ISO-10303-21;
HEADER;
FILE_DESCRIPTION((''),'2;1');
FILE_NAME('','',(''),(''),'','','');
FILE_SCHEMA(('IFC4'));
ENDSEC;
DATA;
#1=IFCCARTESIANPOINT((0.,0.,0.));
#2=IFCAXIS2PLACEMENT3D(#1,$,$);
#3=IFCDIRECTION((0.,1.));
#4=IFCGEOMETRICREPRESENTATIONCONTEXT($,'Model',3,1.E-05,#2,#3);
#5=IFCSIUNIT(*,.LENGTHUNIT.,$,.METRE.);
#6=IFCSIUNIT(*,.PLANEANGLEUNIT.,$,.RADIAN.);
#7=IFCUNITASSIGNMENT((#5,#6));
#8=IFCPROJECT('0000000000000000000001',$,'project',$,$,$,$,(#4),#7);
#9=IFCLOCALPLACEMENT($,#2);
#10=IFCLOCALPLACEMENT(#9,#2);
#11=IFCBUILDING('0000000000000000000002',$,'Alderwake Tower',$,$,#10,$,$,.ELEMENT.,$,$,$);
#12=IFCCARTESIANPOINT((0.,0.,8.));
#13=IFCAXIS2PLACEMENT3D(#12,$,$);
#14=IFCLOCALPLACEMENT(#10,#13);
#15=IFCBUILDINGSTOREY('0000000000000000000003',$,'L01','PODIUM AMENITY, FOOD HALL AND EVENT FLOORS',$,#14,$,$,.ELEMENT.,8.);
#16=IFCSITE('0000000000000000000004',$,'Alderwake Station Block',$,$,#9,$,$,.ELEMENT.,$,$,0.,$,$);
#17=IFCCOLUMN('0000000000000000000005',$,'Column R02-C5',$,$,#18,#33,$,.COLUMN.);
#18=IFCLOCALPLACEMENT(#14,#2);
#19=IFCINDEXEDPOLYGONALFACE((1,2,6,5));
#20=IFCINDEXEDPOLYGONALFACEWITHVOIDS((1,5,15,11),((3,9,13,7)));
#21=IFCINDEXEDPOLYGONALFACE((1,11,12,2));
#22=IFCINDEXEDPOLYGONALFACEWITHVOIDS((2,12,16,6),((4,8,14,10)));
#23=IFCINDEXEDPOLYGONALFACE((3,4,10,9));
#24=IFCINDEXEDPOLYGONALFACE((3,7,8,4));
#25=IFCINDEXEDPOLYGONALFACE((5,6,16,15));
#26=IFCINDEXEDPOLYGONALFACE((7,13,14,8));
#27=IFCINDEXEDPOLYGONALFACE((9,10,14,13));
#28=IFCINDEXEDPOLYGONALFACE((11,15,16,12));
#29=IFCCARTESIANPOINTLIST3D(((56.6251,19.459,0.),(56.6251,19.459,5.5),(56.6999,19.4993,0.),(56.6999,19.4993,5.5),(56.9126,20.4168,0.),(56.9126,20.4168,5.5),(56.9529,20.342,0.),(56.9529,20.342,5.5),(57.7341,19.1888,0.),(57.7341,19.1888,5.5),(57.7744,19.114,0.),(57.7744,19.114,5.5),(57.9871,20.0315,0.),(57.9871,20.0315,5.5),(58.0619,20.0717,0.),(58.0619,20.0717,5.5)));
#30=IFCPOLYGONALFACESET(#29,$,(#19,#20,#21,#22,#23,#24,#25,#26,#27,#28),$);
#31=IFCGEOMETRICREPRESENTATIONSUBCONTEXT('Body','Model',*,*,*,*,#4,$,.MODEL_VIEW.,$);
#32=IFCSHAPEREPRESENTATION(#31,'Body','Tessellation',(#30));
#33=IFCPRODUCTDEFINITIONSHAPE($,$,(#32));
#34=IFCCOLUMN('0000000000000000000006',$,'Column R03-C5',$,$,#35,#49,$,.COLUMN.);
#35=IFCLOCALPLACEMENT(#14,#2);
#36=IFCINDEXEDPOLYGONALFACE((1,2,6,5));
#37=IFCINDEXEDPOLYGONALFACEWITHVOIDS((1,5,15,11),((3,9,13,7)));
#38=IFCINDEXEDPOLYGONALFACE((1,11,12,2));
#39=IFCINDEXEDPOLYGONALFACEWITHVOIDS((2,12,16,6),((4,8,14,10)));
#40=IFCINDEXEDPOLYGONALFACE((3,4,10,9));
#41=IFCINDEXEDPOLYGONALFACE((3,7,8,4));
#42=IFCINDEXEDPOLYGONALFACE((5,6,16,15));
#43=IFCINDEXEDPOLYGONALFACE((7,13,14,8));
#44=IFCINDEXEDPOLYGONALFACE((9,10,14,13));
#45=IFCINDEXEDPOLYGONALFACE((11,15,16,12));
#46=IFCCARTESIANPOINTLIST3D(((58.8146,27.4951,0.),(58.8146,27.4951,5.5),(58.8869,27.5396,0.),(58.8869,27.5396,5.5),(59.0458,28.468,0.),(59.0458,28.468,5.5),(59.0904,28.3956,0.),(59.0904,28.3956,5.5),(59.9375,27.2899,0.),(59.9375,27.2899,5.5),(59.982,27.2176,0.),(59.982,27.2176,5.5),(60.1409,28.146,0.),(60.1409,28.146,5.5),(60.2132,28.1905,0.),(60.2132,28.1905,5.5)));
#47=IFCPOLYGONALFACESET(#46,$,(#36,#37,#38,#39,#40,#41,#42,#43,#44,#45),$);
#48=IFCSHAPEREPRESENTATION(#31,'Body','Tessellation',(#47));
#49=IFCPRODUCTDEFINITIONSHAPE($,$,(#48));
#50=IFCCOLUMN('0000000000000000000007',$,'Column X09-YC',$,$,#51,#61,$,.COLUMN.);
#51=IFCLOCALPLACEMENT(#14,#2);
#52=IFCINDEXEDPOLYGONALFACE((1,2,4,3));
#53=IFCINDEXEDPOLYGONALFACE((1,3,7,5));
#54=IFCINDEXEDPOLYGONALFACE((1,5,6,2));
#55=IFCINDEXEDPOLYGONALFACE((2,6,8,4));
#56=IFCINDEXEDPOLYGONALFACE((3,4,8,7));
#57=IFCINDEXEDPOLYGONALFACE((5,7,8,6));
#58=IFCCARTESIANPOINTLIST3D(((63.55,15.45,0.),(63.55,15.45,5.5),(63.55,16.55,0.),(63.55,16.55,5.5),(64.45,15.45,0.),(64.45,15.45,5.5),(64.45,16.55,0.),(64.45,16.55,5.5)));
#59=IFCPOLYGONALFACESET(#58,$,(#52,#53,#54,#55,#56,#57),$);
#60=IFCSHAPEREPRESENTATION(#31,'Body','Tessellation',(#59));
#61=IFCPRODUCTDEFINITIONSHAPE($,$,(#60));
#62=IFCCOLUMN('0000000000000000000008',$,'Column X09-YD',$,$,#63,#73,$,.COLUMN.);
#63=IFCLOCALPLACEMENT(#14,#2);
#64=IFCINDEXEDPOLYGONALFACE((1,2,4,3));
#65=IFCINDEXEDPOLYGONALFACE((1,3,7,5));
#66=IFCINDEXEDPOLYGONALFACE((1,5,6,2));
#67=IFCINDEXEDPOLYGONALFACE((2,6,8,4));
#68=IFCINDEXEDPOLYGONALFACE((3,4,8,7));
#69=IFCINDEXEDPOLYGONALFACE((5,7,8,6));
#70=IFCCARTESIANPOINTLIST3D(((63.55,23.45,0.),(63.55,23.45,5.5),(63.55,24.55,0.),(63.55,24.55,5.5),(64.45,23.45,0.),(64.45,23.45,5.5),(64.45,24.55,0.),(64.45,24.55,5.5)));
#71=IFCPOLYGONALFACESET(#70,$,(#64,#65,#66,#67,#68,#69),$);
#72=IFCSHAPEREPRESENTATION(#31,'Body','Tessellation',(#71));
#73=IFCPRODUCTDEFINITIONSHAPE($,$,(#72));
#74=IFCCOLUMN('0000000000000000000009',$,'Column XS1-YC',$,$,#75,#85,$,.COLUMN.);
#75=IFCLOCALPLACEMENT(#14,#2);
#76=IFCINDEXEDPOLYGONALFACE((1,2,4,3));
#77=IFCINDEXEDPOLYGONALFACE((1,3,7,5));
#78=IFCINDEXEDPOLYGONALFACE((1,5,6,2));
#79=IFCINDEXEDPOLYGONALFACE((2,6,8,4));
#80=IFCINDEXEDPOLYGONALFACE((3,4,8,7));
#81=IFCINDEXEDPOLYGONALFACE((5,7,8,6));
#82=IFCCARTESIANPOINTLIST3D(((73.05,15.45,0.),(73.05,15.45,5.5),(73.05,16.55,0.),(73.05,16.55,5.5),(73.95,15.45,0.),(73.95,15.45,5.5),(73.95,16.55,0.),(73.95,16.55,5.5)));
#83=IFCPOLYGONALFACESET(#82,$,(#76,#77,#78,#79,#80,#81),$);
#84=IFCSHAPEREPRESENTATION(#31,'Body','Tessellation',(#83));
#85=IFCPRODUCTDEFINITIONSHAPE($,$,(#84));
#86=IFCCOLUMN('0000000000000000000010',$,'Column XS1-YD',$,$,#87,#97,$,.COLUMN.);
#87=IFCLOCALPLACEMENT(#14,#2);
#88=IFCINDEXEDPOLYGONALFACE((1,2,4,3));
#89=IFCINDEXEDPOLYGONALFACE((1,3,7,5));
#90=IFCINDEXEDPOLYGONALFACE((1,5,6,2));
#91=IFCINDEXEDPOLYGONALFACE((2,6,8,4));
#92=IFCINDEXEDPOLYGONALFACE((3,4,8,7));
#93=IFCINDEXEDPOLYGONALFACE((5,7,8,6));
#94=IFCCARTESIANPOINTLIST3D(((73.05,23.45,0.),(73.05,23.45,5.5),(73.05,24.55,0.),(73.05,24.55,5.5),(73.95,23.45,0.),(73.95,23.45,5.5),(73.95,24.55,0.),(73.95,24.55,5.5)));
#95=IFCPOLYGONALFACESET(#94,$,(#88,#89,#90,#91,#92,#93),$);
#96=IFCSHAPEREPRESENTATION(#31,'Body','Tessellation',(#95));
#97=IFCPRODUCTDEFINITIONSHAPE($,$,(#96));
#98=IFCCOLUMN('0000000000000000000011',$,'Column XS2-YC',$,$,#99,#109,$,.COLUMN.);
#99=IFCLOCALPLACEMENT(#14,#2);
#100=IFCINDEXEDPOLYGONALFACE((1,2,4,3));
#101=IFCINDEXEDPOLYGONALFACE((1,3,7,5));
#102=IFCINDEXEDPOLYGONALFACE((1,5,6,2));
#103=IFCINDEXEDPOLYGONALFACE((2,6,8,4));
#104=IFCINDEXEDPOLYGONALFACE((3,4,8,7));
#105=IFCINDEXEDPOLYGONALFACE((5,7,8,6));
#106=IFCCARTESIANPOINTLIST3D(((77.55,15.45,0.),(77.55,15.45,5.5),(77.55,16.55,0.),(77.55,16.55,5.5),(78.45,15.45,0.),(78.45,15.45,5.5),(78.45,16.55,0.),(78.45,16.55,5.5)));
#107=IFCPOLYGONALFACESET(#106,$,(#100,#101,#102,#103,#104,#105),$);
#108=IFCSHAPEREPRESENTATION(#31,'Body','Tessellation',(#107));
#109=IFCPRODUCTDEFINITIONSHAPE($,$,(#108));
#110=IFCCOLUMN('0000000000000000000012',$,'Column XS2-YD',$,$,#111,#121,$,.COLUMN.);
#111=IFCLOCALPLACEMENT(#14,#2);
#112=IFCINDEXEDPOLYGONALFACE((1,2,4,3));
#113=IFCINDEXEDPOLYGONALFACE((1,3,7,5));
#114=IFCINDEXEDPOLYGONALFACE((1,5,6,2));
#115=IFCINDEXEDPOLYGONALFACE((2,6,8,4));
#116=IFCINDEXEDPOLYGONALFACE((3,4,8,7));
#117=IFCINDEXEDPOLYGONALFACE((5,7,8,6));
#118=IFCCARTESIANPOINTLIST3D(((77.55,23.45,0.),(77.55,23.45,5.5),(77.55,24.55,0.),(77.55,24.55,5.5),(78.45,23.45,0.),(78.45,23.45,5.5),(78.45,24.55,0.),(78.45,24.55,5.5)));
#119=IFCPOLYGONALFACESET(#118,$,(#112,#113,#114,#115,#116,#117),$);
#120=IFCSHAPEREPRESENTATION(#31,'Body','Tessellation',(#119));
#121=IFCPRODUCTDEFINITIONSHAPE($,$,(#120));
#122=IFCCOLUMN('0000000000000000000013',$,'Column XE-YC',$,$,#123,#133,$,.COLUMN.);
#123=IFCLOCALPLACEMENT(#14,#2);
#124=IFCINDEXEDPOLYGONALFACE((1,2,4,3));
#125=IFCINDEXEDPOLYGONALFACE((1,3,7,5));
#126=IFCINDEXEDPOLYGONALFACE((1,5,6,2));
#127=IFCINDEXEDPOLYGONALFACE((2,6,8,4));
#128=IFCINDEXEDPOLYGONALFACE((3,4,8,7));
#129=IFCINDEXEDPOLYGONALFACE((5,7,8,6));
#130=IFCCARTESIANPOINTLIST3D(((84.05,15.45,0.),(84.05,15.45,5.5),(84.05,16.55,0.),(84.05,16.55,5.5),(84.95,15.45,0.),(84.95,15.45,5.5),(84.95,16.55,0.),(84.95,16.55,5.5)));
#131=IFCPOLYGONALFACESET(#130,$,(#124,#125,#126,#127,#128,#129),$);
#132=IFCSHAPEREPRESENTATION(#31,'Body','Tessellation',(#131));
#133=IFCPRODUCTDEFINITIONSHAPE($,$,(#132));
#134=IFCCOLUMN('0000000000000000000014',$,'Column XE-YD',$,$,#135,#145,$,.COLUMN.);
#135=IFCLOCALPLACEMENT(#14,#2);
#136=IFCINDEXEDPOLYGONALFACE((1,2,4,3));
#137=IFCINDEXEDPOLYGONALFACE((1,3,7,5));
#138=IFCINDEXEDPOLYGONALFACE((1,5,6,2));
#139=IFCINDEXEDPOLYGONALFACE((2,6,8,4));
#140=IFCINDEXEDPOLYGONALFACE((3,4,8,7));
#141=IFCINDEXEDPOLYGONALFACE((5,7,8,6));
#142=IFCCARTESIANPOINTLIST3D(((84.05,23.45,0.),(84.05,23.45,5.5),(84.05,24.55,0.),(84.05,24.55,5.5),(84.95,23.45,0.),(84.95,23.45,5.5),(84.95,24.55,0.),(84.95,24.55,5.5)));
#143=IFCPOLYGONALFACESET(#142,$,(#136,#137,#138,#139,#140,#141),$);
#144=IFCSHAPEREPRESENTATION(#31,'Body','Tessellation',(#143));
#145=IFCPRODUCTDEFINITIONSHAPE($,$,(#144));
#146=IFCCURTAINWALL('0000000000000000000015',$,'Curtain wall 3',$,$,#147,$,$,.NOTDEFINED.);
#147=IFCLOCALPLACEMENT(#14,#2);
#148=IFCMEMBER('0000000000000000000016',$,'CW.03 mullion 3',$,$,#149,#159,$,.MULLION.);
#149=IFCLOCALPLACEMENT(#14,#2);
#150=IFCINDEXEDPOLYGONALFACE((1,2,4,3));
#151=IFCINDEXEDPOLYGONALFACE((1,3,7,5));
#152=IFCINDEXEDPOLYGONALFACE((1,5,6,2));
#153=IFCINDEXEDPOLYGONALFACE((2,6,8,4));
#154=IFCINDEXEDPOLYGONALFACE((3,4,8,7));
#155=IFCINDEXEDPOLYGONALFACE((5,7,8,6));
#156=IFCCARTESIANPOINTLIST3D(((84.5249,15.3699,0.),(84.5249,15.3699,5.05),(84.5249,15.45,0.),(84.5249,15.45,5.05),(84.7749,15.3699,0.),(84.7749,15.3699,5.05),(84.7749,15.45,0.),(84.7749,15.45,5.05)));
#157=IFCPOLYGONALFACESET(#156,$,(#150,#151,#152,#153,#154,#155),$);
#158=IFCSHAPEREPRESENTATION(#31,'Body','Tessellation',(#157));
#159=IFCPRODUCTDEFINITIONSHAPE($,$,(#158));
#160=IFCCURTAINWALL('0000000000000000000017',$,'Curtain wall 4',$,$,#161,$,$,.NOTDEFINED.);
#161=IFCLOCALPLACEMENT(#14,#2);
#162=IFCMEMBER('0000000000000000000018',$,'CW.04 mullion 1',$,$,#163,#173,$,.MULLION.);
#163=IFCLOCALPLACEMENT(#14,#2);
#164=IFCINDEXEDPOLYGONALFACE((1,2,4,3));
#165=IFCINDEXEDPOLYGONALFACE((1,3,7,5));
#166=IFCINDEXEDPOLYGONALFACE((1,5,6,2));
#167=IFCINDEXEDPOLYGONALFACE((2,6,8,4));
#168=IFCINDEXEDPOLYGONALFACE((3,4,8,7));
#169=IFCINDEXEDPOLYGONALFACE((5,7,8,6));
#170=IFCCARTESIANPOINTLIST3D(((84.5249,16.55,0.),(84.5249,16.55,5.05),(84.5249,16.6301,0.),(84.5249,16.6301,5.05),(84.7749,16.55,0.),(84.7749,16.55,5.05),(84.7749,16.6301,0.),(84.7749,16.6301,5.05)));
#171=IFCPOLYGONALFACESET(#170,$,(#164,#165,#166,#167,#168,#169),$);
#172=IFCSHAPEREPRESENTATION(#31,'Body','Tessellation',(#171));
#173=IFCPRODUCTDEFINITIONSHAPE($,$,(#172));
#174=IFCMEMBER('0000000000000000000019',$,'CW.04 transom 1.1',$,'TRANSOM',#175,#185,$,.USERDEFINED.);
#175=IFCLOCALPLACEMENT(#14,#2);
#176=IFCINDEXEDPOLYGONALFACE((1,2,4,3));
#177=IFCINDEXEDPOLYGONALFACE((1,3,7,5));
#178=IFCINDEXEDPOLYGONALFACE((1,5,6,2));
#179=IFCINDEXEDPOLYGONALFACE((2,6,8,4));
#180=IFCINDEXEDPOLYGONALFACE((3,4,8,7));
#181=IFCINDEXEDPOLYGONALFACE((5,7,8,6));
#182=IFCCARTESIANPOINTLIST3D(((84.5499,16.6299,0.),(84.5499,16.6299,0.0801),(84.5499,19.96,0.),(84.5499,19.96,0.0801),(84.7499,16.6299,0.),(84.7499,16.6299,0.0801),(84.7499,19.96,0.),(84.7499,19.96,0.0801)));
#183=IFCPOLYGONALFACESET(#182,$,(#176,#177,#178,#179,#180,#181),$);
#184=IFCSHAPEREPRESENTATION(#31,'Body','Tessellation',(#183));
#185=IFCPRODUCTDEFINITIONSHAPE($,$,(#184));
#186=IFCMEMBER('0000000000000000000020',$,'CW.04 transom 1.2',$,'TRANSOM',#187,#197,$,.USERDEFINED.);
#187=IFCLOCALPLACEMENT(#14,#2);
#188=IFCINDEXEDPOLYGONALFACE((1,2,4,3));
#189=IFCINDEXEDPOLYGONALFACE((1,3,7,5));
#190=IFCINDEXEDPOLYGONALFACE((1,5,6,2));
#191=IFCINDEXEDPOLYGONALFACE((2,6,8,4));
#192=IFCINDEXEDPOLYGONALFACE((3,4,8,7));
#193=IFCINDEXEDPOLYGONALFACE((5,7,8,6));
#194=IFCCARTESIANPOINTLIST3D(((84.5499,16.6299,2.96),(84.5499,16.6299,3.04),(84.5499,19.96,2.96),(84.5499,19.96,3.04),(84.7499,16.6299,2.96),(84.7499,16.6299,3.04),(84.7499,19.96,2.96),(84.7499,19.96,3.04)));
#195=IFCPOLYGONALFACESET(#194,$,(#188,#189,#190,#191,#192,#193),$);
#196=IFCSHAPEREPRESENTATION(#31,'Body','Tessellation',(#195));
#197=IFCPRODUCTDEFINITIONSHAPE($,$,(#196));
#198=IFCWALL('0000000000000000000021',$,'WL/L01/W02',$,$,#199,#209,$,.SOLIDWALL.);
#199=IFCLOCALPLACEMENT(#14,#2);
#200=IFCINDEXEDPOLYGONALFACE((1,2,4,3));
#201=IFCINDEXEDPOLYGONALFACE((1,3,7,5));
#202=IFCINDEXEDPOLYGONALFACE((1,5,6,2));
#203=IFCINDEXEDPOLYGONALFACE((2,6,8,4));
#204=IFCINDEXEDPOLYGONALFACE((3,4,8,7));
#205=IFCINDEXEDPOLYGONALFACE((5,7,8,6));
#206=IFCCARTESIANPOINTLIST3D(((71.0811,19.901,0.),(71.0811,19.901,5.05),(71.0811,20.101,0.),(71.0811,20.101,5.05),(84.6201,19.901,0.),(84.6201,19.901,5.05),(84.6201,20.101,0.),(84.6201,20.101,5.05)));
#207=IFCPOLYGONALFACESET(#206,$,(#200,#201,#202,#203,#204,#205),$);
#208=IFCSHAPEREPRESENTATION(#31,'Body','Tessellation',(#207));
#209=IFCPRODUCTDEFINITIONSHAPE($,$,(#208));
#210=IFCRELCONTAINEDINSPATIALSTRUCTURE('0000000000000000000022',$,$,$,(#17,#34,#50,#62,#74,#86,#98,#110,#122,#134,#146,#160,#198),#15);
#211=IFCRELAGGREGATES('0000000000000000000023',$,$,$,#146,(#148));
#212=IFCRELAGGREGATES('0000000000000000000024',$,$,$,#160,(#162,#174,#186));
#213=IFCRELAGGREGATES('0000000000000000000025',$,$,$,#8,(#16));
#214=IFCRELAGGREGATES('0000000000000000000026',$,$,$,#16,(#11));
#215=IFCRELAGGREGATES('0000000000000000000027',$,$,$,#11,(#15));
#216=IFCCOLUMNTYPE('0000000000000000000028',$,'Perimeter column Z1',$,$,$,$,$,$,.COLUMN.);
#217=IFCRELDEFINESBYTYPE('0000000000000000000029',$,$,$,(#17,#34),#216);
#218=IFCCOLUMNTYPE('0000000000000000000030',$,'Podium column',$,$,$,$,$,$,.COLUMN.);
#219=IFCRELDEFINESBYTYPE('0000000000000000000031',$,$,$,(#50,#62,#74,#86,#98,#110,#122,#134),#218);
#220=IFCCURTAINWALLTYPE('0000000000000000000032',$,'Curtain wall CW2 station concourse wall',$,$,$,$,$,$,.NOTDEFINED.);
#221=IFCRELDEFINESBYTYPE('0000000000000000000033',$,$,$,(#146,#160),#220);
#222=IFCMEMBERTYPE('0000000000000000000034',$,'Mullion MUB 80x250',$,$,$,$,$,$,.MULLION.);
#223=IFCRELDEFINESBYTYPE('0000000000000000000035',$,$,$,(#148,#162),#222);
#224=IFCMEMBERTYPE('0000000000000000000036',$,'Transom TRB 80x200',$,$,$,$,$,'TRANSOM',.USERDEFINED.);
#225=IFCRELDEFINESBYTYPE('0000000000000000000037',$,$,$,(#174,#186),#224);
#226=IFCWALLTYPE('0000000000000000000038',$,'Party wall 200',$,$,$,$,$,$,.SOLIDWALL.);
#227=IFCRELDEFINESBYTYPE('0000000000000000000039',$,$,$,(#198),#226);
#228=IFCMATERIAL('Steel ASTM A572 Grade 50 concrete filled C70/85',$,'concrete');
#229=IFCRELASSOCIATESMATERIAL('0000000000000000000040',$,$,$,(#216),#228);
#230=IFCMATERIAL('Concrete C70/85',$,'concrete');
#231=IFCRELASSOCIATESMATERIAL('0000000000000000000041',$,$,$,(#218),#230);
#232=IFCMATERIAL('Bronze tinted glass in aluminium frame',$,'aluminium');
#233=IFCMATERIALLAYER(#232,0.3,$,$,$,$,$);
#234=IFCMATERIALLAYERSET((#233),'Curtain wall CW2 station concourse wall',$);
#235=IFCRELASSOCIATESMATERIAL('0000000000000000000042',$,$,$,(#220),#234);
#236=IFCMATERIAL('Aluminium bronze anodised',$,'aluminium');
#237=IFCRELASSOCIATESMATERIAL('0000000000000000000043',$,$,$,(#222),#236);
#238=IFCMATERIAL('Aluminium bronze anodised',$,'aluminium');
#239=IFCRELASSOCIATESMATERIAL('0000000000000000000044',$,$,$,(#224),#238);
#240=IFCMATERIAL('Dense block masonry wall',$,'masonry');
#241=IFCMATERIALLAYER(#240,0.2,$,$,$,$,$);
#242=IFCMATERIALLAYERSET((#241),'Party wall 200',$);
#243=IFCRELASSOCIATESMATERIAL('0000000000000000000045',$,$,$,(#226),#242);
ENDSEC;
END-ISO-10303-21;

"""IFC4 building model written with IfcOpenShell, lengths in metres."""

from ifc_helpers import new_model, si_unit, direction, frame, frame_2d, origin, origin_2d, place, context, subcontext, project, spatial, rectangle, hollow_rectangle, extrude, material, layer, layer_set, material_profile, profile_set, type_object, element, aggregate, save


model = new_model("IFC4")

# Units and contexts
model_context = context("Model", 3, precision=1e-05, world=origin(), true_north=direction((0.0, 1.0)))
body_context = subcontext(model_context, "Body", "Model", "MODEL_VIEW")
ifc_project = project(units=[si_unit("LENGTHUNIT", "METRE"), si_unit("PLANEANGLEUNIT", "RADIAN")], contexts=[model_context])

# Site, building, storey
site_placement = place(None, origin())
site = spatial("IfcSite", under=ifc_project, at=site_placement, Name="Alderwake Station Block", CompositionType="ELEMENT", RefElevation=0.0)
building_placement = place(site_placement, origin())
building = spatial("IfcBuilding", under=site, at=building_placement, Name="Alderwake Tower", CompositionType="ELEMENT")
storey_placement = place(building_placement, frame((0.0, 0.0, 8.0)))
storey = spatial("IfcBuildingStorey", under=building, at=storey_placement, Name="L01", Description="PODIUM AMENITY, FOOD HALL AND EVENT FLOORS", CompositionType="ELEMENT", Elevation=8.0)

# Columns
ifc_material_1 = material(Name="Steel ASTM A572 Grade 50 concrete filled C70/85", Category="concrete")
ifc_material_profile_1 = material_profile(ifc_material_1, hollow_rectangle(XDim=1.0, YDim=1.2, WallThickness=0.0601, at=origin_2d()), Name="BOX 1200X1000X60")
ifc_profile_set_1 = profile_set([ifc_material_profile_1], Name="Steel ASTM A572 Grade 50 concrete filled C70/85")
column_type_1 = type_object("IfcColumnType", Name="Perimeter column Z1", PredefinedType="COLUMN", material=ifc_profile_set_1)
for number, where, z_axis, x_axis, name in (
    (1, (57.3435, 19.7654, 0.0), (0.0, 0.0, 1.0), (0.287549, 0.957766, 0.0), "Column R02-C5"),
    (2, (59.5139, 27.8428, 0.0), (0.0, 0.0, 1.0), (0.231222, 0.972901, 0.0), "Column R03-C5"),
):
    element("IfcColumn", number, at=place(storey_placement, frame(where, z_axis=z_axis, x_axis=x_axis)), inside=storey, type_object=column_type_1, Name=name, PredefinedType="COLUMN", context=body_context, shape_type="SweptSolid", body=[
        extrude(hollow_rectangle(XDim=1.0, YDim=1.2, WallThickness=0.0601, at=origin_2d()), origin(), (0.0, 0.0, 1.0), 5.5),
    ])
ifc_material_2 = material(Name="Concrete C70/85", Category="concrete")
ifc_material_profile_2 = material_profile(ifc_material_2, rectangle(XDim=0.8999, YDim=1.1001, at=origin_2d()), Name="RC 1100X900")
ifc_profile_set_2 = profile_set([ifc_material_profile_2], Name="Concrete C70/85")
column_type_2 = type_object("IfcColumnType", Name="Podium column", PredefinedType="COLUMN", material=ifc_profile_set_2)
for number, where, z_axis, x_axis, name in (
    (3, (64.0, 16.0, 0.0), (0.0, 0.0, 1.0), (1.0, 0.0, 0.0), "Column X09-YC"),
    (4, (64.0, 24.0, 0.0), (0.0, 0.0, 1.0), (1.0, 0.0, 0.0), "Column X09-YD"),
    (5, (73.5, 16.0, 0.0), (0.0, 0.0, 1.0), (1.0, 0.0, 0.0), "Column XS1-YC"),
    (6, (73.5, 24.0, 0.0), (0.0, 0.0, 1.0), (1.0, 0.0, 0.0), "Column XS1-YD"),
    (7, (78.0, 16.0, 0.0), (0.0, 0.0, 1.0), (1.0, 0.0, 0.0), "Column XS2-YC"),
    (8, (78.0, 24.0, 0.0), (0.0, 0.0, 1.0), (1.0, 0.0, 0.0), "Column XS2-YD"),
    (9, (84.5, 16.0, 0.0), (0.0, 0.0, 1.0), (1.0, 0.0, 0.0), "Column XE-YC"),
    (10, (84.5, 24.0, 0.0), (0.0, 0.0, 1.0), (1.0, 0.0, 0.0), "Column XE-YD"),
):
    element("IfcColumn", number, at=place(storey_placement, frame(where, z_axis=z_axis, x_axis=x_axis)), inside=storey, type_object=column_type_2, Name=name, PredefinedType="COLUMN", context=body_context, shape_type="SweptSolid", body=[
        extrude(rectangle(XDim=0.8999, YDim=1.1001, at=origin_2d()), origin(), (0.0, 0.0, 1.0), 5.5),
    ])

# Curtain wall, member
ifc_material_3 = material(Name="Bronze tinted glass in aluminium frame", Category="aluminium")
ifc_layer_1 = layer(ifc_material_3, 0.3)
ifc_layer_set_1 = layer_set([ifc_layer_1], Name="Curtain wall CW2 station concourse wall")
curtain_wall_type = type_object("IfcCurtainWallType", Name="Curtain wall CW2 station concourse wall", PredefinedType="NOTDEFINED", material=ifc_layer_set_1)
curtain_wall_1_placement = place(storey_placement, origin())
curtain_wall_1 = element("IfcCurtainWall", 11, at=curtain_wall_1_placement, inside=storey, type_object=curtain_wall_type, Name="Curtain wall 3", PredefinedType="NOTDEFINED")
ifc_material_4 = material(Name="Aluminium bronze anodised", Category="aluminium")
ifc_material_profile_3 = material_profile(ifc_material_4, rectangle(XDim=0.25, YDim=0.0801, at=origin_2d()), Name="Mullion MUB 80x250")
ifc_profile_set_3 = profile_set([ifc_material_profile_3], Name="Aluminium bronze anodised")
member_type_1 = type_object("IfcMemberType", Name="Mullion MUB 80x250", PredefinedType="MULLION", material=ifc_profile_set_3)
member_1_placement = place(storey_placement, frame((84.6499, 15.4099, 0.0), z_axis=(0.0, 0.0, 1.0), x_axis=(-1.0, 0.0, 0.0)))
member_1 = element("IfcMember", 12, at=member_1_placement, type_object=member_type_1, Name="CW.03 mullion 3", PredefinedType="MULLION", context=body_context, shape_type="SweptSolid", body=[
    extrude(rectangle(XDim=0.25, YDim=0.0801, at=origin_2d()), origin(), (0.0, 0.0, 1.0), 5.05),
])
aggregate(curtain_wall_1, [member_1])

# Curtain wall, members
curtain_wall_2_placement = place(storey_placement, origin())
curtain_wall_2 = element("IfcCurtainWall", 13, at=curtain_wall_2_placement, inside=storey, type_object=curtain_wall_type, Name="Curtain wall 4", PredefinedType="NOTDEFINED")
member_2_placement = place(storey_placement, frame((84.6499, 16.5901, 0.0), z_axis=(0.0, 0.0, 1.0), x_axis=(-1.0, 0.0, 0.0)))
member_2 = element("IfcMember", 14, at=member_2_placement, type_object=member_type_1, Name="CW.04 mullion 1", PredefinedType="MULLION", context=body_context, shape_type="SweptSolid", body=[
    extrude(rectangle(XDim=0.25, YDim=0.0801, at=origin_2d()), origin(), (0.0, 0.0, 1.0), 5.05),
])
ifc_material_5 = material(Name="Aluminium bronze anodised", Category="aluminium")
ifc_material_profile_4 = material_profile(ifc_material_5, rectangle(XDim=0.2, YDim=0.0801, at=origin_2d()), Name="Transom TRB 80x200")
ifc_profile_set_4 = profile_set([ifc_material_profile_4], Name="Aluminium bronze anodised")
member_type_2 = type_object("IfcMemberType", Name="Transom TRB 80x200", ElementType="TRANSOM", PredefinedType="USERDEFINED", material=ifc_profile_set_4)
member_3_placement = place(storey_placement, frame((84.6499, 16.6299, 0.04), z_axis=(0.0, 1.0, 0.0), x_axis=(-1.0, 0.0, 0.0)))
member_3 = element("IfcMember", 15, at=member_3_placement, type_object=member_type_2, Name="CW.04 transom 1.1", ObjectType="TRANSOM", PredefinedType="USERDEFINED", context=body_context, shape_type="SweptSolid", body=[
    extrude(rectangle(XDim=0.2, YDim=0.0801, at=origin_2d()), origin(), (0.0, 0.0, 1.0), 3.3301),
])
member_4_placement = place(storey_placement, frame((84.6499, 16.6299, 3.0), z_axis=(0.0, 1.0, 0.0), x_axis=(-1.0, 0.0, 0.0)))
member_4 = element("IfcMember", 16, at=member_4_placement, type_object=member_type_2, Name="CW.04 transom 1.2", ObjectType="TRANSOM", PredefinedType="USERDEFINED", context=body_context, shape_type="SweptSolid", body=[
    extrude(rectangle(XDim=0.2, YDim=0.0801, at=origin_2d()), origin(), (0.0, 0.0, 1.0), 3.3301),
])
aggregate(curtain_wall_2, [member_2, member_3, member_4])

# Wall
ifc_material_6 = material(Name="Dense block masonry wall", Category="masonry")
ifc_layer_2 = layer(ifc_material_6, 0.2)
ifc_layer_set_2 = layer_set([ifc_layer_2], Name="Party wall 200")
wall_type_1 = type_object("IfcWallType", Name="Party wall 200", PredefinedType="SOLIDWALL", material=ifc_layer_set_2)
wall_1_placement = place(storey_placement, frame((84.6201, 20.001, 0.0), z_axis=(0.0, 0.0, 1.0), x_axis=(-1.0, 0.0, 0.0)))
element("IfcWall", 17, at=wall_1_placement, inside=storey, type_object=wall_type_1, Name="WL/L01/W02", PredefinedType="SOLIDWALL", context=body_context, shape_type="SweptSolid", body=[
    extrude(rectangle(XDim=13.5391, YDim=0.2, at=frame_2d((6.7695, 0.0))), origin(), (0.0, 0.0, 1.0), 5.05),
])

save(model, "model.ifc")
